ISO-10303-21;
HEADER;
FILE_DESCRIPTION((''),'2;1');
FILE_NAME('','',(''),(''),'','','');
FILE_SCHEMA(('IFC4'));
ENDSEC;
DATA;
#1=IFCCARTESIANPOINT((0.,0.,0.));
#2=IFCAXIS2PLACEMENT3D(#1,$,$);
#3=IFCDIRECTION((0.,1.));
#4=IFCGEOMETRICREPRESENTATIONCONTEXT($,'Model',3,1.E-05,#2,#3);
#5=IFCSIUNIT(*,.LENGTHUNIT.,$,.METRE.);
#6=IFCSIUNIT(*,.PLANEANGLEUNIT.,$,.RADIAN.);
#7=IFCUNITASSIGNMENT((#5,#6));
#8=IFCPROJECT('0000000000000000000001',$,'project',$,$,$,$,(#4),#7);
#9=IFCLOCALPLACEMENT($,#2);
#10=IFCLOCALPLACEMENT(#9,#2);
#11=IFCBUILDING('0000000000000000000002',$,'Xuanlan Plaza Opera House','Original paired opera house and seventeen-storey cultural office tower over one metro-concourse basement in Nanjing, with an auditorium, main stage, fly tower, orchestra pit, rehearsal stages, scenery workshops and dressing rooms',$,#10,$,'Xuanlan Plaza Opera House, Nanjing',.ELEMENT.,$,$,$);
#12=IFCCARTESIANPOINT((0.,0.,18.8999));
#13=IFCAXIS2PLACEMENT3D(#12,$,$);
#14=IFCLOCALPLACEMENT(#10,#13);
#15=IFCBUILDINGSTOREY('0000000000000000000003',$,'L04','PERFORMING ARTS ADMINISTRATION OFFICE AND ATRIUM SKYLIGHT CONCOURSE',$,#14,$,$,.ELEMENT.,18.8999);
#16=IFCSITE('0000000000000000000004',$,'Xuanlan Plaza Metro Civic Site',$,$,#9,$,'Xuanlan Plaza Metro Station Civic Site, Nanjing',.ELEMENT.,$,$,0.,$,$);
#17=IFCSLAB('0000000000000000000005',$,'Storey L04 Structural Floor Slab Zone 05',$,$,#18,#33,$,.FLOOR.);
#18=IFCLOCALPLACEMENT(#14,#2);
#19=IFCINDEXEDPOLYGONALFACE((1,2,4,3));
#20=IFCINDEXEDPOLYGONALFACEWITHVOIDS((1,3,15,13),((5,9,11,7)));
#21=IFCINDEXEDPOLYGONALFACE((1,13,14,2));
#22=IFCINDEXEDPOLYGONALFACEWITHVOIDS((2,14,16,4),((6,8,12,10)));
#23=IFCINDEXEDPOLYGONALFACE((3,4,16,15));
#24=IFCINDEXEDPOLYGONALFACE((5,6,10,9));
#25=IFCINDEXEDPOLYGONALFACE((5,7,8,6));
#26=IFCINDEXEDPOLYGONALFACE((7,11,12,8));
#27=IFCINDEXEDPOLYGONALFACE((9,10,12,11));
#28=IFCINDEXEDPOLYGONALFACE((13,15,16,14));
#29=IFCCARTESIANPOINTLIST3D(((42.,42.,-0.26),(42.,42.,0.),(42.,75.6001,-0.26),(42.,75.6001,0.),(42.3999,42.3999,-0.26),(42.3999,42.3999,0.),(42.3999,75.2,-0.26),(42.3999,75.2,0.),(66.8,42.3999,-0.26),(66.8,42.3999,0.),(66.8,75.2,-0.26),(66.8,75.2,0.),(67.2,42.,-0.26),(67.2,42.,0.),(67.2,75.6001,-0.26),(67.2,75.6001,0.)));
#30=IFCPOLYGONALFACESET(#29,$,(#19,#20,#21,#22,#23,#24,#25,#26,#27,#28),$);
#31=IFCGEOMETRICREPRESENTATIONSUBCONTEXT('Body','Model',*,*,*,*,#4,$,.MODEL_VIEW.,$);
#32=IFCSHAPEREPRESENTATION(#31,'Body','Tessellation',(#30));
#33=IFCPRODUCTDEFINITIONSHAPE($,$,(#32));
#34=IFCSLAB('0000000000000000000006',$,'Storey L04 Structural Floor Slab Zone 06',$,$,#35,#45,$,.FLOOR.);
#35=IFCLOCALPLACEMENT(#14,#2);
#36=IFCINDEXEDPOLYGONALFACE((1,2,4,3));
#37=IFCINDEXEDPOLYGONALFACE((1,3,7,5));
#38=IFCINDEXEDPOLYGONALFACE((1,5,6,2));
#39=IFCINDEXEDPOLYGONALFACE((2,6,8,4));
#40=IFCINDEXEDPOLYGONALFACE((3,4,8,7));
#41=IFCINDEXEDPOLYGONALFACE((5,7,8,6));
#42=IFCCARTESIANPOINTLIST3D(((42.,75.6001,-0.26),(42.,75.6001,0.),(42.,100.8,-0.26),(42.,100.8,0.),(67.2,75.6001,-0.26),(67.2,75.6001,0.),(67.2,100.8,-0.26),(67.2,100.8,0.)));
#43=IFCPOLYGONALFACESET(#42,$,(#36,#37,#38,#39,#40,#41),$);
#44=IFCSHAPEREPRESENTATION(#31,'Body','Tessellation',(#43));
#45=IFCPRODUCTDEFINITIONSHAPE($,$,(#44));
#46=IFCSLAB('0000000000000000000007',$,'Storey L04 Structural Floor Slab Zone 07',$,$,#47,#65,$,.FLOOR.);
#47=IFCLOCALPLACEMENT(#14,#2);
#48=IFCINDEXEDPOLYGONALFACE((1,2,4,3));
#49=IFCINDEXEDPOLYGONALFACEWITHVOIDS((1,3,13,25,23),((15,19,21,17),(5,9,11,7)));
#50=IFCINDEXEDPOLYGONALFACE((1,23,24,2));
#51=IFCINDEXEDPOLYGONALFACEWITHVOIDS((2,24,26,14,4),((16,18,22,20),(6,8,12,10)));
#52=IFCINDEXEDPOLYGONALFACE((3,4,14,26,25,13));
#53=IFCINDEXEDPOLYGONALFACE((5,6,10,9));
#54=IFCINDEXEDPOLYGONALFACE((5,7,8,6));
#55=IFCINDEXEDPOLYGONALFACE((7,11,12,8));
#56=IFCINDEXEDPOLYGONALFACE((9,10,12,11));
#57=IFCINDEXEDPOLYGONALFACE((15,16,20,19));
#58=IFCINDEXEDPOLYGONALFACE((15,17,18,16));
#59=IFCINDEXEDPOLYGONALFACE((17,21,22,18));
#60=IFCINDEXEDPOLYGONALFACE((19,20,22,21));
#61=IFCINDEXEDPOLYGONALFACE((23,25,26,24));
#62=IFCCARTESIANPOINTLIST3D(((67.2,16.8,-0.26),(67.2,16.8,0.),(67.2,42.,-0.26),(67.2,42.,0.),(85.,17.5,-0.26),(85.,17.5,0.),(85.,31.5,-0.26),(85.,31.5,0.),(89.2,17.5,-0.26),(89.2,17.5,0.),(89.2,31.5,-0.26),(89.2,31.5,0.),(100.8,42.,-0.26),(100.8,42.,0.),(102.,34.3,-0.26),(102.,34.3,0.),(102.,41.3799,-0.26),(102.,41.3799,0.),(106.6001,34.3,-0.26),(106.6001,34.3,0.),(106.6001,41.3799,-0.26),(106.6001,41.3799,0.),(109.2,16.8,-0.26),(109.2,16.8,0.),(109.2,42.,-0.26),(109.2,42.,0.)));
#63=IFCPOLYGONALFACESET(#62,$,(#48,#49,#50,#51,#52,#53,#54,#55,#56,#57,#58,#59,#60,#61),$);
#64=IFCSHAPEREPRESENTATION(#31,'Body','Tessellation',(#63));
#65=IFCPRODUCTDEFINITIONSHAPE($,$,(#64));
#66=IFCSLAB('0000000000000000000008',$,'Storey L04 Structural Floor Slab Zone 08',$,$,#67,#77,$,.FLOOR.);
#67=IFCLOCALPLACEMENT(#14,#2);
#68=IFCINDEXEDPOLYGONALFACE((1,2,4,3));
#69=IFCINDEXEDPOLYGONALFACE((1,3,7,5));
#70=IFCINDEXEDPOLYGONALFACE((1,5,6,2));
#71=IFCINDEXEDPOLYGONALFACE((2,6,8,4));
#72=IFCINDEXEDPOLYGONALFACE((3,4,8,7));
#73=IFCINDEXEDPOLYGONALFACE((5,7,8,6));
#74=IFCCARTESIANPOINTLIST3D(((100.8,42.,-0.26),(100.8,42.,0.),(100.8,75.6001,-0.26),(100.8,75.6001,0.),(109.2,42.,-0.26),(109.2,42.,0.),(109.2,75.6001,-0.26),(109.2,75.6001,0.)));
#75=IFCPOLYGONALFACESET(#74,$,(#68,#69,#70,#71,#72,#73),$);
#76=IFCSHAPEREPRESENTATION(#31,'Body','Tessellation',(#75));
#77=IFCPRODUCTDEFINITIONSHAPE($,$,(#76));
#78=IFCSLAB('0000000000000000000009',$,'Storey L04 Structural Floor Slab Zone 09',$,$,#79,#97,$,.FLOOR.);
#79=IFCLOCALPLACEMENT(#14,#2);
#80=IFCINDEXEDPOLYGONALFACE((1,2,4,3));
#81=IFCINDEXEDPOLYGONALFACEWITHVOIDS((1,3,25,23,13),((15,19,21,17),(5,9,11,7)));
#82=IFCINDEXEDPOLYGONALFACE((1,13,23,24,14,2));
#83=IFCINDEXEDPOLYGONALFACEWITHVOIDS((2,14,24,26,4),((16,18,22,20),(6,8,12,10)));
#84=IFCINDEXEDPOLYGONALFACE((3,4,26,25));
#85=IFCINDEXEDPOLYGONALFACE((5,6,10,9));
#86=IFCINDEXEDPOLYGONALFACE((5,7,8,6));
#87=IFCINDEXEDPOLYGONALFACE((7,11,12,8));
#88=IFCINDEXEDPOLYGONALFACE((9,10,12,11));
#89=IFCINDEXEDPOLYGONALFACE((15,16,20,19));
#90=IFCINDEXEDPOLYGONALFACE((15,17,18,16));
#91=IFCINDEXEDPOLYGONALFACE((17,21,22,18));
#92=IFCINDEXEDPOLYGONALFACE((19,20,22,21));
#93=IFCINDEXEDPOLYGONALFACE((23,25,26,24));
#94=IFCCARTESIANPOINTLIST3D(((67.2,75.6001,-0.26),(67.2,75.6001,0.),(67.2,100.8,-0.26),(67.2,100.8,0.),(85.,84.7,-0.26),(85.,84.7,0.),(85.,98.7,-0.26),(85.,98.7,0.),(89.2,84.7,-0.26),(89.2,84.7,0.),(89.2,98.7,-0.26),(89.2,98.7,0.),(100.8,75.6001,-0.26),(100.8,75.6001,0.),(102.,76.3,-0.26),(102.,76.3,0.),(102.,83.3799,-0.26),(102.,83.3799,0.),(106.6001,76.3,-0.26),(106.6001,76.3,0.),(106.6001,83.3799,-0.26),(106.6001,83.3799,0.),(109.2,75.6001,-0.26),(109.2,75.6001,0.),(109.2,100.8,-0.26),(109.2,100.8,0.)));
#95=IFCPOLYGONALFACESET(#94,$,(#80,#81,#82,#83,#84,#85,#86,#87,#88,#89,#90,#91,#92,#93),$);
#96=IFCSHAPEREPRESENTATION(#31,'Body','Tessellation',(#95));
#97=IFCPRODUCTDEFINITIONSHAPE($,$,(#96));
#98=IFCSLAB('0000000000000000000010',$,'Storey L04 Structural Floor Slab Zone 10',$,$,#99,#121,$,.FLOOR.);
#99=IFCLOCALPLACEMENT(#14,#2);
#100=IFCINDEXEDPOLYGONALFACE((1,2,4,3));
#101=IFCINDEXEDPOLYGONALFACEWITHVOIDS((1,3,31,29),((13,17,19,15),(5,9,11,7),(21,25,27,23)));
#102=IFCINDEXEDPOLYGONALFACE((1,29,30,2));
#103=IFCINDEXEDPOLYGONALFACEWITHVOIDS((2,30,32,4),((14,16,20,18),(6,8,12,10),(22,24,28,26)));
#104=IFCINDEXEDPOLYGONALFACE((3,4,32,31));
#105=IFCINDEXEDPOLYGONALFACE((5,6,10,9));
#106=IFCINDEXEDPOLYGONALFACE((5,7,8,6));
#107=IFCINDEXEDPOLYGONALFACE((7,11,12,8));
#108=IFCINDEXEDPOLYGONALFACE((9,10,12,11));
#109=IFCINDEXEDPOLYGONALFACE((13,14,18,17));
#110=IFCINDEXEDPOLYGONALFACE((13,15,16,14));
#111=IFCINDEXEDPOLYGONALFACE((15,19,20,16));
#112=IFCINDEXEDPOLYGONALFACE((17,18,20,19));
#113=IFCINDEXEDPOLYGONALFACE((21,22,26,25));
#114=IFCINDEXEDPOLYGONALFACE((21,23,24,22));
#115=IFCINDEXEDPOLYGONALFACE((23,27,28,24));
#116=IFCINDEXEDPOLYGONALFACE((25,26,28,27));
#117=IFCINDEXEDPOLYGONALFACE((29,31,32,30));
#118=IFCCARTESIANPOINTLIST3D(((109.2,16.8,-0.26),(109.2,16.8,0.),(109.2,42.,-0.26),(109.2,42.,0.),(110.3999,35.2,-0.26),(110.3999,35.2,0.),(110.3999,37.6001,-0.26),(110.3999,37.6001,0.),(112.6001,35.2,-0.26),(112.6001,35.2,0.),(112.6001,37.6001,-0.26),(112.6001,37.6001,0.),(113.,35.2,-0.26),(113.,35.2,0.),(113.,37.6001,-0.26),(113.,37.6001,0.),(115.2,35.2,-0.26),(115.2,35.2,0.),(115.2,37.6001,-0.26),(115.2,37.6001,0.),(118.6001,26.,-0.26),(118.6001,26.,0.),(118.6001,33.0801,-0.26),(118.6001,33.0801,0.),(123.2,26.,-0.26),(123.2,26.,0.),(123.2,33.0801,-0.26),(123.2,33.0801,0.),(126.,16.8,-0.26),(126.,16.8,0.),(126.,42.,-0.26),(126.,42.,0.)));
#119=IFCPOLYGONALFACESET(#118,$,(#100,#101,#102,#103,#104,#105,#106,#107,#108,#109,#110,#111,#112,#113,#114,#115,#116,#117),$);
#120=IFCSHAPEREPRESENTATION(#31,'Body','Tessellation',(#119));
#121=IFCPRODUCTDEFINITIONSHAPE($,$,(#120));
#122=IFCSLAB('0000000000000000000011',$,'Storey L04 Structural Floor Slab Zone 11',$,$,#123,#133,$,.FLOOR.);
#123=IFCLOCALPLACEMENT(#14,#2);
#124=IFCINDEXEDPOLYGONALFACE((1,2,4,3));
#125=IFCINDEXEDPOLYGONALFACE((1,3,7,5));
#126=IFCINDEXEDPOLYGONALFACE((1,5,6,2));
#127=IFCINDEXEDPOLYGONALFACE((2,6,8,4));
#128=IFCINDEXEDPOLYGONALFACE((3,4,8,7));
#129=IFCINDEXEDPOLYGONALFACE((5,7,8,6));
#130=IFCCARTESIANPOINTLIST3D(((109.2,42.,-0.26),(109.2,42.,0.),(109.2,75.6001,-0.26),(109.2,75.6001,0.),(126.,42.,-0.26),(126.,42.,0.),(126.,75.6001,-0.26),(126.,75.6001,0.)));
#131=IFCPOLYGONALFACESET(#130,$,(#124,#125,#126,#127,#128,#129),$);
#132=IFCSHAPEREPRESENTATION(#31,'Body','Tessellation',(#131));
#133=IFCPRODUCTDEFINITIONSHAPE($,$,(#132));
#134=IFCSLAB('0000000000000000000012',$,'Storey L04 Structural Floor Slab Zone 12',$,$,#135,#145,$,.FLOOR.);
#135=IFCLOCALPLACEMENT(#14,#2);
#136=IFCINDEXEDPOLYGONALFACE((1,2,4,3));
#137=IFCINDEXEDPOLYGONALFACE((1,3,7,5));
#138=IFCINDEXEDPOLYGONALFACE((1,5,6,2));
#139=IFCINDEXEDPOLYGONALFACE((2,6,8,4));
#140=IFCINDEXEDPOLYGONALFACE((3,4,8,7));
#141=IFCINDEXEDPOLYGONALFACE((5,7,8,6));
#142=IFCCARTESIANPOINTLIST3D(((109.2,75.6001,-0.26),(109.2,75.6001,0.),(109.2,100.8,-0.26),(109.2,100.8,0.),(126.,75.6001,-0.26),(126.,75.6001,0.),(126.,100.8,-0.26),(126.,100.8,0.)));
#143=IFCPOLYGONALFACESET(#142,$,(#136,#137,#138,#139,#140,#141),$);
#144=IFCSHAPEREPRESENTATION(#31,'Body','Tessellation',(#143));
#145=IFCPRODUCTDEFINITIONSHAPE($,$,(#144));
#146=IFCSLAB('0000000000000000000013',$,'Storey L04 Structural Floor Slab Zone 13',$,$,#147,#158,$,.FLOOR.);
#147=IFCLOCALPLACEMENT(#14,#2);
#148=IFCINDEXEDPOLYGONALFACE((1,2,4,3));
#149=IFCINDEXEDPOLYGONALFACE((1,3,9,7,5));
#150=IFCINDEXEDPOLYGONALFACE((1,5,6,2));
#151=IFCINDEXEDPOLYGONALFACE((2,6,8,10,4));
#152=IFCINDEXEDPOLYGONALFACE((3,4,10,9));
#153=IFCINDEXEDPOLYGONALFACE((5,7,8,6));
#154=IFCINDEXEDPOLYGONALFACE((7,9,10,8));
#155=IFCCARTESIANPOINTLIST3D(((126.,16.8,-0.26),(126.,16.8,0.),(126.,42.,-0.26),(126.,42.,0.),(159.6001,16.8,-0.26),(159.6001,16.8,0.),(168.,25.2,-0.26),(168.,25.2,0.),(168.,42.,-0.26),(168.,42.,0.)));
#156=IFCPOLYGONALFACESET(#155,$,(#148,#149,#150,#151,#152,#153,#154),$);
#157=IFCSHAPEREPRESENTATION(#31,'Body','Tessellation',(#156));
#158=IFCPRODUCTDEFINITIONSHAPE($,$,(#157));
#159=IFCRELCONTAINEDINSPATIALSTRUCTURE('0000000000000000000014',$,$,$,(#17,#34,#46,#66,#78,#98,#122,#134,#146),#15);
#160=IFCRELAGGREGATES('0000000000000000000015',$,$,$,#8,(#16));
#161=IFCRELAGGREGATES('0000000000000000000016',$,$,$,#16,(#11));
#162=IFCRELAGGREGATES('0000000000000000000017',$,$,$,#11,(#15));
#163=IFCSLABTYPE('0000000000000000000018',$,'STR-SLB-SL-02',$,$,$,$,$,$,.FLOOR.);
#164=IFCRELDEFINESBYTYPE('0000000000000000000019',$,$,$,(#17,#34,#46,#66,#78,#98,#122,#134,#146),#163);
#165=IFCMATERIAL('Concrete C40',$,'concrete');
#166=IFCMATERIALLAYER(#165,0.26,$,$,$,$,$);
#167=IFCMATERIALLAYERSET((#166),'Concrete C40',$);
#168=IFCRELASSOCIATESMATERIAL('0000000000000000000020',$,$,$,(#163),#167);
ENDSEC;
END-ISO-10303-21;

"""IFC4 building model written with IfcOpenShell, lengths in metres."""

from ifc_helpers import new_model, si_unit, direction, frame, origin, place, context, subcontext, project, spatial, polyline, outline, extrude, material, layer, layer_set, type_object, element, save


model = new_model("IFC4")

# Units and contexts
model_context = context("Model", 3, precision=1e-05, world=origin(), true_north=direction((0.0, 1.0)))
body_context = subcontext(model_context, "Body", "Model", "MODEL_VIEW")
ifc_project = project(units=[si_unit("LENGTHUNIT", "METRE"), si_unit("PLANEANGLEUNIT", "RADIAN")], contexts=[model_context])

# Site, building, storey
site_placement = place(None, origin())
site = spatial("IfcSite", under=ifc_project, at=site_placement, Name="Xuanlan Plaza Metro Civic Site", LongName="Xuanlan Plaza Metro Station Civic Site, Nanjing", CompositionType="ELEMENT", RefElevation=0.0)
building_placement = place(site_placement, origin())
building = spatial("IfcBuilding", under=site, at=building_placement, Name="Xuanlan Plaza Opera House", Description="Original paired opera house and seventeen-storey cultural office tower over one metro-concourse basement in Nanjing, with an auditorium, main stage, fly tower, orchestra pit, rehearsal stages, scenery workshops and dressing rooms", LongName="Xuanlan Plaza Opera House, Nanjing", CompositionType="ELEMENT")
storey_placement = place(building_placement, frame((0.0, 0.0, 18.8999)))
storey = spatial("IfcBuildingStorey", under=building, at=storey_placement, Name="L04", Description="PERFORMING ARTS ADMINISTRATION OFFICE AND ATRIUM SKYLIGHT CONCOURSE", CompositionType="ELEMENT", Elevation=18.8999)

# Shared definitions
ifc_material = material(Name="Concrete C40", Category="concrete")

# Slabs
ifc_layer_1 = layer(ifc_material, 0.26)
ifc_layer_set_1 = layer_set([ifc_layer_1], Name="Concrete C40")
slab_type_1 = type_object("IfcSlabType", Name="STR-SLB-SL-02", PredefinedType="FLOOR", material=ifc_layer_set_1)
slab_1_placement = place(storey_placement, frame((0.0, 0.0, -0.26)))
element("IfcSlab", 1, at=slab_1_placement, inside=storey, type_object=slab_type_1, Name="Storey L04 Structural Floor Slab Zone 05", PredefinedType="FLOOR", context=body_context, shape_type="SweptSolid", body=[
    extrude(outline(polyline([(67.2, 42.0), (42.0, 42.0), (42.0, 75.6001), (67.2, 75.6001), (67.2, 42.0)]), holes=[polyline([(42.3999, 75.2), (42.3999, 42.3999), (66.8, 42.3999), (66.8, 75.2), (42.3999, 75.2)])]), origin(), (0.0, 0.0, 1.0), 0.26),
])
slab_2_placement = place(storey_placement, frame((0.0, 0.0, -0.26)))
element("IfcSlab", 2, at=slab_2_placement, inside=storey, type_object=slab_type_1, Name="Storey L04 Structural Floor Slab Zone 06", PredefinedType="FLOOR", context=body_context, shape_type="SweptSolid", body=[
    extrude(outline(polyline([(67.2, 100.8), (67.2, 75.6001), (42.0, 75.6001), (42.0, 100.8), (67.2, 100.8)])), origin(), (0.0, 0.0, 1.0), 0.26),
])
slab_3_placement = place(storey_placement, frame((0.0, 0.0, -0.26)))
element("IfcSlab", 3, at=slab_3_placement, inside=storey, type_object=slab_type_1, Name="Storey L04 Structural Floor Slab Zone 07", PredefinedType="FLOOR", context=body_context, shape_type="SweptSolid", body=[
    extrude(outline(polyline([(67.2, 16.8), (67.2, 42.0), (100.8, 42.0), (109.2, 42.0), (109.2, 16.8), (67.2, 16.8)]), holes=[polyline([(89.2, 17.5), (89.2, 31.5), (85.0, 31.5), (85.0, 17.5), (89.2, 17.5)]), polyline([(102.0, 41.3799), (102.0, 34.3), (106.6001, 34.3), (106.6001, 41.3799), (102.0, 41.3799)])]), origin(), (0.0, 0.0, 1.0), 0.26),
])
slab_4_placement = place(storey_placement, frame((0.0, 0.0, -0.26)))
element("IfcSlab", 4, at=slab_4_placement, inside=storey, type_object=slab_type_1, Name="Storey L04 Structural Floor Slab Zone 08", PredefinedType="FLOOR", context=body_context, shape_type="SweptSolid", body=[
    extrude(outline(polyline([(100.8, 75.6001), (109.2, 75.6001), (109.2, 42.0), (100.8, 42.0), (100.8, 75.6001)])), origin(), (0.0, 0.0, 1.0), 0.26),
])
slab_5_placement = place(storey_placement, frame((0.0, 0.0, -0.26)))
element("IfcSlab", 5, at=slab_5_placement, inside=storey, type_object=slab_type_1, Name="Storey L04 Structural Floor Slab Zone 09", PredefinedType="FLOOR", context=body_context, shape_type="SweptSolid", body=[
    extrude(outline(polyline([(109.2, 100.8), (109.2, 75.6001), (100.8, 75.6001), (67.2, 75.6001), (67.2, 100.8), (109.2, 100.8)]), holes=[polyline([(85.0, 84.7), (89.2, 84.7), (89.2, 98.7), (85.0, 98.7), (85.0, 84.7)]), polyline([(106.6001, 83.3799), (102.0, 83.3799), (102.0, 76.3), (106.6001, 76.3), (106.6001, 83.3799)])]), origin(), (0.0, 0.0, 1.0), 0.26),
])
slab_6_placement = place(storey_placement, frame((0.0, 0.0, -0.26)))
element("IfcSlab", 6, at=slab_6_placement, inside=storey, type_object=slab_type_1, Name="Storey L04 Structural Floor Slab Zone 10", PredefinedType="FLOOR", context=body_context, shape_type="SweptSolid", body=[
    extrude(outline(polyline([(109.2, 16.8), (109.2, 42.0), (126.0, 42.0), (126.0, 16.8), (109.2, 16.8)]), holes=[polyline([(123.2, 26.0), (123.2, 33.0801), (118.6001, 33.0801), (118.6001, 26.0), (123.2, 26.0)]), polyline([(112.6001, 37.6001), (110.3999, 37.6001), (110.3999, 35.2), (112.6001, 35.2), (112.6001, 37.6001)]), polyline([(115.2, 35.2), (115.2, 37.6001), (113.0, 37.6001), (113.0, 35.2), (115.2, 35.2)])]), origin(), (0.0, 0.0, 1.0), 0.26),
])
slab_7_placement = place(storey_placement, frame((0.0, 0.0, -0.26)))
element("IfcSlab", 7, at=slab_7_placement, inside=storey, type_object=slab_type_1, Name="Storey L04 Structural Floor Slab Zone 11", PredefinedType="FLOOR", context=body_context, shape_type="SweptSolid", body=[
    extrude(outline(polyline([(109.2, 42.0), (109.2, 75.6001), (126.0, 75.6001), (126.0, 42.0), (109.2, 42.0)])), origin(), (0.0, 0.0, 1.0), 0.26),
])
slab_8_placement = place(storey_placement, frame((0.0, 0.0, -0.26)))
element("IfcSlab", 8, at=slab_8_placement, inside=storey, type_object=slab_type_1, Name="Storey L04 Structural Floor Slab Zone 12", PredefinedType="FLOOR", context=body_context, shape_type="SweptSolid", body=[
    extrude(outline(polyline([(126.0, 100.8), (126.0, 75.6001), (109.2, 75.6001), (109.2, 100.8), (126.0, 100.8)])), origin(), (0.0, 0.0, 1.0), 0.26),
])
slab_9_placement = place(storey_placement, frame((0.0, 0.0, -0.26)))
element("IfcSlab", 9, at=slab_9_placement, inside=storey, type_object=slab_type_1, Name="Storey L04 Structural Floor Slab Zone 13", PredefinedType="FLOOR", context=body_context, shape_type="SweptSolid", body=[
    extrude(outline(polyline([(168.0, 25.2), (159.6001, 16.8), (126.0, 16.8), (126.0, 42.0), (168.0, 42.0), (168.0, 25.2)])), origin(), (0.0, 0.0, 1.0), 0.26),
])

save(model, "model.ifc")
